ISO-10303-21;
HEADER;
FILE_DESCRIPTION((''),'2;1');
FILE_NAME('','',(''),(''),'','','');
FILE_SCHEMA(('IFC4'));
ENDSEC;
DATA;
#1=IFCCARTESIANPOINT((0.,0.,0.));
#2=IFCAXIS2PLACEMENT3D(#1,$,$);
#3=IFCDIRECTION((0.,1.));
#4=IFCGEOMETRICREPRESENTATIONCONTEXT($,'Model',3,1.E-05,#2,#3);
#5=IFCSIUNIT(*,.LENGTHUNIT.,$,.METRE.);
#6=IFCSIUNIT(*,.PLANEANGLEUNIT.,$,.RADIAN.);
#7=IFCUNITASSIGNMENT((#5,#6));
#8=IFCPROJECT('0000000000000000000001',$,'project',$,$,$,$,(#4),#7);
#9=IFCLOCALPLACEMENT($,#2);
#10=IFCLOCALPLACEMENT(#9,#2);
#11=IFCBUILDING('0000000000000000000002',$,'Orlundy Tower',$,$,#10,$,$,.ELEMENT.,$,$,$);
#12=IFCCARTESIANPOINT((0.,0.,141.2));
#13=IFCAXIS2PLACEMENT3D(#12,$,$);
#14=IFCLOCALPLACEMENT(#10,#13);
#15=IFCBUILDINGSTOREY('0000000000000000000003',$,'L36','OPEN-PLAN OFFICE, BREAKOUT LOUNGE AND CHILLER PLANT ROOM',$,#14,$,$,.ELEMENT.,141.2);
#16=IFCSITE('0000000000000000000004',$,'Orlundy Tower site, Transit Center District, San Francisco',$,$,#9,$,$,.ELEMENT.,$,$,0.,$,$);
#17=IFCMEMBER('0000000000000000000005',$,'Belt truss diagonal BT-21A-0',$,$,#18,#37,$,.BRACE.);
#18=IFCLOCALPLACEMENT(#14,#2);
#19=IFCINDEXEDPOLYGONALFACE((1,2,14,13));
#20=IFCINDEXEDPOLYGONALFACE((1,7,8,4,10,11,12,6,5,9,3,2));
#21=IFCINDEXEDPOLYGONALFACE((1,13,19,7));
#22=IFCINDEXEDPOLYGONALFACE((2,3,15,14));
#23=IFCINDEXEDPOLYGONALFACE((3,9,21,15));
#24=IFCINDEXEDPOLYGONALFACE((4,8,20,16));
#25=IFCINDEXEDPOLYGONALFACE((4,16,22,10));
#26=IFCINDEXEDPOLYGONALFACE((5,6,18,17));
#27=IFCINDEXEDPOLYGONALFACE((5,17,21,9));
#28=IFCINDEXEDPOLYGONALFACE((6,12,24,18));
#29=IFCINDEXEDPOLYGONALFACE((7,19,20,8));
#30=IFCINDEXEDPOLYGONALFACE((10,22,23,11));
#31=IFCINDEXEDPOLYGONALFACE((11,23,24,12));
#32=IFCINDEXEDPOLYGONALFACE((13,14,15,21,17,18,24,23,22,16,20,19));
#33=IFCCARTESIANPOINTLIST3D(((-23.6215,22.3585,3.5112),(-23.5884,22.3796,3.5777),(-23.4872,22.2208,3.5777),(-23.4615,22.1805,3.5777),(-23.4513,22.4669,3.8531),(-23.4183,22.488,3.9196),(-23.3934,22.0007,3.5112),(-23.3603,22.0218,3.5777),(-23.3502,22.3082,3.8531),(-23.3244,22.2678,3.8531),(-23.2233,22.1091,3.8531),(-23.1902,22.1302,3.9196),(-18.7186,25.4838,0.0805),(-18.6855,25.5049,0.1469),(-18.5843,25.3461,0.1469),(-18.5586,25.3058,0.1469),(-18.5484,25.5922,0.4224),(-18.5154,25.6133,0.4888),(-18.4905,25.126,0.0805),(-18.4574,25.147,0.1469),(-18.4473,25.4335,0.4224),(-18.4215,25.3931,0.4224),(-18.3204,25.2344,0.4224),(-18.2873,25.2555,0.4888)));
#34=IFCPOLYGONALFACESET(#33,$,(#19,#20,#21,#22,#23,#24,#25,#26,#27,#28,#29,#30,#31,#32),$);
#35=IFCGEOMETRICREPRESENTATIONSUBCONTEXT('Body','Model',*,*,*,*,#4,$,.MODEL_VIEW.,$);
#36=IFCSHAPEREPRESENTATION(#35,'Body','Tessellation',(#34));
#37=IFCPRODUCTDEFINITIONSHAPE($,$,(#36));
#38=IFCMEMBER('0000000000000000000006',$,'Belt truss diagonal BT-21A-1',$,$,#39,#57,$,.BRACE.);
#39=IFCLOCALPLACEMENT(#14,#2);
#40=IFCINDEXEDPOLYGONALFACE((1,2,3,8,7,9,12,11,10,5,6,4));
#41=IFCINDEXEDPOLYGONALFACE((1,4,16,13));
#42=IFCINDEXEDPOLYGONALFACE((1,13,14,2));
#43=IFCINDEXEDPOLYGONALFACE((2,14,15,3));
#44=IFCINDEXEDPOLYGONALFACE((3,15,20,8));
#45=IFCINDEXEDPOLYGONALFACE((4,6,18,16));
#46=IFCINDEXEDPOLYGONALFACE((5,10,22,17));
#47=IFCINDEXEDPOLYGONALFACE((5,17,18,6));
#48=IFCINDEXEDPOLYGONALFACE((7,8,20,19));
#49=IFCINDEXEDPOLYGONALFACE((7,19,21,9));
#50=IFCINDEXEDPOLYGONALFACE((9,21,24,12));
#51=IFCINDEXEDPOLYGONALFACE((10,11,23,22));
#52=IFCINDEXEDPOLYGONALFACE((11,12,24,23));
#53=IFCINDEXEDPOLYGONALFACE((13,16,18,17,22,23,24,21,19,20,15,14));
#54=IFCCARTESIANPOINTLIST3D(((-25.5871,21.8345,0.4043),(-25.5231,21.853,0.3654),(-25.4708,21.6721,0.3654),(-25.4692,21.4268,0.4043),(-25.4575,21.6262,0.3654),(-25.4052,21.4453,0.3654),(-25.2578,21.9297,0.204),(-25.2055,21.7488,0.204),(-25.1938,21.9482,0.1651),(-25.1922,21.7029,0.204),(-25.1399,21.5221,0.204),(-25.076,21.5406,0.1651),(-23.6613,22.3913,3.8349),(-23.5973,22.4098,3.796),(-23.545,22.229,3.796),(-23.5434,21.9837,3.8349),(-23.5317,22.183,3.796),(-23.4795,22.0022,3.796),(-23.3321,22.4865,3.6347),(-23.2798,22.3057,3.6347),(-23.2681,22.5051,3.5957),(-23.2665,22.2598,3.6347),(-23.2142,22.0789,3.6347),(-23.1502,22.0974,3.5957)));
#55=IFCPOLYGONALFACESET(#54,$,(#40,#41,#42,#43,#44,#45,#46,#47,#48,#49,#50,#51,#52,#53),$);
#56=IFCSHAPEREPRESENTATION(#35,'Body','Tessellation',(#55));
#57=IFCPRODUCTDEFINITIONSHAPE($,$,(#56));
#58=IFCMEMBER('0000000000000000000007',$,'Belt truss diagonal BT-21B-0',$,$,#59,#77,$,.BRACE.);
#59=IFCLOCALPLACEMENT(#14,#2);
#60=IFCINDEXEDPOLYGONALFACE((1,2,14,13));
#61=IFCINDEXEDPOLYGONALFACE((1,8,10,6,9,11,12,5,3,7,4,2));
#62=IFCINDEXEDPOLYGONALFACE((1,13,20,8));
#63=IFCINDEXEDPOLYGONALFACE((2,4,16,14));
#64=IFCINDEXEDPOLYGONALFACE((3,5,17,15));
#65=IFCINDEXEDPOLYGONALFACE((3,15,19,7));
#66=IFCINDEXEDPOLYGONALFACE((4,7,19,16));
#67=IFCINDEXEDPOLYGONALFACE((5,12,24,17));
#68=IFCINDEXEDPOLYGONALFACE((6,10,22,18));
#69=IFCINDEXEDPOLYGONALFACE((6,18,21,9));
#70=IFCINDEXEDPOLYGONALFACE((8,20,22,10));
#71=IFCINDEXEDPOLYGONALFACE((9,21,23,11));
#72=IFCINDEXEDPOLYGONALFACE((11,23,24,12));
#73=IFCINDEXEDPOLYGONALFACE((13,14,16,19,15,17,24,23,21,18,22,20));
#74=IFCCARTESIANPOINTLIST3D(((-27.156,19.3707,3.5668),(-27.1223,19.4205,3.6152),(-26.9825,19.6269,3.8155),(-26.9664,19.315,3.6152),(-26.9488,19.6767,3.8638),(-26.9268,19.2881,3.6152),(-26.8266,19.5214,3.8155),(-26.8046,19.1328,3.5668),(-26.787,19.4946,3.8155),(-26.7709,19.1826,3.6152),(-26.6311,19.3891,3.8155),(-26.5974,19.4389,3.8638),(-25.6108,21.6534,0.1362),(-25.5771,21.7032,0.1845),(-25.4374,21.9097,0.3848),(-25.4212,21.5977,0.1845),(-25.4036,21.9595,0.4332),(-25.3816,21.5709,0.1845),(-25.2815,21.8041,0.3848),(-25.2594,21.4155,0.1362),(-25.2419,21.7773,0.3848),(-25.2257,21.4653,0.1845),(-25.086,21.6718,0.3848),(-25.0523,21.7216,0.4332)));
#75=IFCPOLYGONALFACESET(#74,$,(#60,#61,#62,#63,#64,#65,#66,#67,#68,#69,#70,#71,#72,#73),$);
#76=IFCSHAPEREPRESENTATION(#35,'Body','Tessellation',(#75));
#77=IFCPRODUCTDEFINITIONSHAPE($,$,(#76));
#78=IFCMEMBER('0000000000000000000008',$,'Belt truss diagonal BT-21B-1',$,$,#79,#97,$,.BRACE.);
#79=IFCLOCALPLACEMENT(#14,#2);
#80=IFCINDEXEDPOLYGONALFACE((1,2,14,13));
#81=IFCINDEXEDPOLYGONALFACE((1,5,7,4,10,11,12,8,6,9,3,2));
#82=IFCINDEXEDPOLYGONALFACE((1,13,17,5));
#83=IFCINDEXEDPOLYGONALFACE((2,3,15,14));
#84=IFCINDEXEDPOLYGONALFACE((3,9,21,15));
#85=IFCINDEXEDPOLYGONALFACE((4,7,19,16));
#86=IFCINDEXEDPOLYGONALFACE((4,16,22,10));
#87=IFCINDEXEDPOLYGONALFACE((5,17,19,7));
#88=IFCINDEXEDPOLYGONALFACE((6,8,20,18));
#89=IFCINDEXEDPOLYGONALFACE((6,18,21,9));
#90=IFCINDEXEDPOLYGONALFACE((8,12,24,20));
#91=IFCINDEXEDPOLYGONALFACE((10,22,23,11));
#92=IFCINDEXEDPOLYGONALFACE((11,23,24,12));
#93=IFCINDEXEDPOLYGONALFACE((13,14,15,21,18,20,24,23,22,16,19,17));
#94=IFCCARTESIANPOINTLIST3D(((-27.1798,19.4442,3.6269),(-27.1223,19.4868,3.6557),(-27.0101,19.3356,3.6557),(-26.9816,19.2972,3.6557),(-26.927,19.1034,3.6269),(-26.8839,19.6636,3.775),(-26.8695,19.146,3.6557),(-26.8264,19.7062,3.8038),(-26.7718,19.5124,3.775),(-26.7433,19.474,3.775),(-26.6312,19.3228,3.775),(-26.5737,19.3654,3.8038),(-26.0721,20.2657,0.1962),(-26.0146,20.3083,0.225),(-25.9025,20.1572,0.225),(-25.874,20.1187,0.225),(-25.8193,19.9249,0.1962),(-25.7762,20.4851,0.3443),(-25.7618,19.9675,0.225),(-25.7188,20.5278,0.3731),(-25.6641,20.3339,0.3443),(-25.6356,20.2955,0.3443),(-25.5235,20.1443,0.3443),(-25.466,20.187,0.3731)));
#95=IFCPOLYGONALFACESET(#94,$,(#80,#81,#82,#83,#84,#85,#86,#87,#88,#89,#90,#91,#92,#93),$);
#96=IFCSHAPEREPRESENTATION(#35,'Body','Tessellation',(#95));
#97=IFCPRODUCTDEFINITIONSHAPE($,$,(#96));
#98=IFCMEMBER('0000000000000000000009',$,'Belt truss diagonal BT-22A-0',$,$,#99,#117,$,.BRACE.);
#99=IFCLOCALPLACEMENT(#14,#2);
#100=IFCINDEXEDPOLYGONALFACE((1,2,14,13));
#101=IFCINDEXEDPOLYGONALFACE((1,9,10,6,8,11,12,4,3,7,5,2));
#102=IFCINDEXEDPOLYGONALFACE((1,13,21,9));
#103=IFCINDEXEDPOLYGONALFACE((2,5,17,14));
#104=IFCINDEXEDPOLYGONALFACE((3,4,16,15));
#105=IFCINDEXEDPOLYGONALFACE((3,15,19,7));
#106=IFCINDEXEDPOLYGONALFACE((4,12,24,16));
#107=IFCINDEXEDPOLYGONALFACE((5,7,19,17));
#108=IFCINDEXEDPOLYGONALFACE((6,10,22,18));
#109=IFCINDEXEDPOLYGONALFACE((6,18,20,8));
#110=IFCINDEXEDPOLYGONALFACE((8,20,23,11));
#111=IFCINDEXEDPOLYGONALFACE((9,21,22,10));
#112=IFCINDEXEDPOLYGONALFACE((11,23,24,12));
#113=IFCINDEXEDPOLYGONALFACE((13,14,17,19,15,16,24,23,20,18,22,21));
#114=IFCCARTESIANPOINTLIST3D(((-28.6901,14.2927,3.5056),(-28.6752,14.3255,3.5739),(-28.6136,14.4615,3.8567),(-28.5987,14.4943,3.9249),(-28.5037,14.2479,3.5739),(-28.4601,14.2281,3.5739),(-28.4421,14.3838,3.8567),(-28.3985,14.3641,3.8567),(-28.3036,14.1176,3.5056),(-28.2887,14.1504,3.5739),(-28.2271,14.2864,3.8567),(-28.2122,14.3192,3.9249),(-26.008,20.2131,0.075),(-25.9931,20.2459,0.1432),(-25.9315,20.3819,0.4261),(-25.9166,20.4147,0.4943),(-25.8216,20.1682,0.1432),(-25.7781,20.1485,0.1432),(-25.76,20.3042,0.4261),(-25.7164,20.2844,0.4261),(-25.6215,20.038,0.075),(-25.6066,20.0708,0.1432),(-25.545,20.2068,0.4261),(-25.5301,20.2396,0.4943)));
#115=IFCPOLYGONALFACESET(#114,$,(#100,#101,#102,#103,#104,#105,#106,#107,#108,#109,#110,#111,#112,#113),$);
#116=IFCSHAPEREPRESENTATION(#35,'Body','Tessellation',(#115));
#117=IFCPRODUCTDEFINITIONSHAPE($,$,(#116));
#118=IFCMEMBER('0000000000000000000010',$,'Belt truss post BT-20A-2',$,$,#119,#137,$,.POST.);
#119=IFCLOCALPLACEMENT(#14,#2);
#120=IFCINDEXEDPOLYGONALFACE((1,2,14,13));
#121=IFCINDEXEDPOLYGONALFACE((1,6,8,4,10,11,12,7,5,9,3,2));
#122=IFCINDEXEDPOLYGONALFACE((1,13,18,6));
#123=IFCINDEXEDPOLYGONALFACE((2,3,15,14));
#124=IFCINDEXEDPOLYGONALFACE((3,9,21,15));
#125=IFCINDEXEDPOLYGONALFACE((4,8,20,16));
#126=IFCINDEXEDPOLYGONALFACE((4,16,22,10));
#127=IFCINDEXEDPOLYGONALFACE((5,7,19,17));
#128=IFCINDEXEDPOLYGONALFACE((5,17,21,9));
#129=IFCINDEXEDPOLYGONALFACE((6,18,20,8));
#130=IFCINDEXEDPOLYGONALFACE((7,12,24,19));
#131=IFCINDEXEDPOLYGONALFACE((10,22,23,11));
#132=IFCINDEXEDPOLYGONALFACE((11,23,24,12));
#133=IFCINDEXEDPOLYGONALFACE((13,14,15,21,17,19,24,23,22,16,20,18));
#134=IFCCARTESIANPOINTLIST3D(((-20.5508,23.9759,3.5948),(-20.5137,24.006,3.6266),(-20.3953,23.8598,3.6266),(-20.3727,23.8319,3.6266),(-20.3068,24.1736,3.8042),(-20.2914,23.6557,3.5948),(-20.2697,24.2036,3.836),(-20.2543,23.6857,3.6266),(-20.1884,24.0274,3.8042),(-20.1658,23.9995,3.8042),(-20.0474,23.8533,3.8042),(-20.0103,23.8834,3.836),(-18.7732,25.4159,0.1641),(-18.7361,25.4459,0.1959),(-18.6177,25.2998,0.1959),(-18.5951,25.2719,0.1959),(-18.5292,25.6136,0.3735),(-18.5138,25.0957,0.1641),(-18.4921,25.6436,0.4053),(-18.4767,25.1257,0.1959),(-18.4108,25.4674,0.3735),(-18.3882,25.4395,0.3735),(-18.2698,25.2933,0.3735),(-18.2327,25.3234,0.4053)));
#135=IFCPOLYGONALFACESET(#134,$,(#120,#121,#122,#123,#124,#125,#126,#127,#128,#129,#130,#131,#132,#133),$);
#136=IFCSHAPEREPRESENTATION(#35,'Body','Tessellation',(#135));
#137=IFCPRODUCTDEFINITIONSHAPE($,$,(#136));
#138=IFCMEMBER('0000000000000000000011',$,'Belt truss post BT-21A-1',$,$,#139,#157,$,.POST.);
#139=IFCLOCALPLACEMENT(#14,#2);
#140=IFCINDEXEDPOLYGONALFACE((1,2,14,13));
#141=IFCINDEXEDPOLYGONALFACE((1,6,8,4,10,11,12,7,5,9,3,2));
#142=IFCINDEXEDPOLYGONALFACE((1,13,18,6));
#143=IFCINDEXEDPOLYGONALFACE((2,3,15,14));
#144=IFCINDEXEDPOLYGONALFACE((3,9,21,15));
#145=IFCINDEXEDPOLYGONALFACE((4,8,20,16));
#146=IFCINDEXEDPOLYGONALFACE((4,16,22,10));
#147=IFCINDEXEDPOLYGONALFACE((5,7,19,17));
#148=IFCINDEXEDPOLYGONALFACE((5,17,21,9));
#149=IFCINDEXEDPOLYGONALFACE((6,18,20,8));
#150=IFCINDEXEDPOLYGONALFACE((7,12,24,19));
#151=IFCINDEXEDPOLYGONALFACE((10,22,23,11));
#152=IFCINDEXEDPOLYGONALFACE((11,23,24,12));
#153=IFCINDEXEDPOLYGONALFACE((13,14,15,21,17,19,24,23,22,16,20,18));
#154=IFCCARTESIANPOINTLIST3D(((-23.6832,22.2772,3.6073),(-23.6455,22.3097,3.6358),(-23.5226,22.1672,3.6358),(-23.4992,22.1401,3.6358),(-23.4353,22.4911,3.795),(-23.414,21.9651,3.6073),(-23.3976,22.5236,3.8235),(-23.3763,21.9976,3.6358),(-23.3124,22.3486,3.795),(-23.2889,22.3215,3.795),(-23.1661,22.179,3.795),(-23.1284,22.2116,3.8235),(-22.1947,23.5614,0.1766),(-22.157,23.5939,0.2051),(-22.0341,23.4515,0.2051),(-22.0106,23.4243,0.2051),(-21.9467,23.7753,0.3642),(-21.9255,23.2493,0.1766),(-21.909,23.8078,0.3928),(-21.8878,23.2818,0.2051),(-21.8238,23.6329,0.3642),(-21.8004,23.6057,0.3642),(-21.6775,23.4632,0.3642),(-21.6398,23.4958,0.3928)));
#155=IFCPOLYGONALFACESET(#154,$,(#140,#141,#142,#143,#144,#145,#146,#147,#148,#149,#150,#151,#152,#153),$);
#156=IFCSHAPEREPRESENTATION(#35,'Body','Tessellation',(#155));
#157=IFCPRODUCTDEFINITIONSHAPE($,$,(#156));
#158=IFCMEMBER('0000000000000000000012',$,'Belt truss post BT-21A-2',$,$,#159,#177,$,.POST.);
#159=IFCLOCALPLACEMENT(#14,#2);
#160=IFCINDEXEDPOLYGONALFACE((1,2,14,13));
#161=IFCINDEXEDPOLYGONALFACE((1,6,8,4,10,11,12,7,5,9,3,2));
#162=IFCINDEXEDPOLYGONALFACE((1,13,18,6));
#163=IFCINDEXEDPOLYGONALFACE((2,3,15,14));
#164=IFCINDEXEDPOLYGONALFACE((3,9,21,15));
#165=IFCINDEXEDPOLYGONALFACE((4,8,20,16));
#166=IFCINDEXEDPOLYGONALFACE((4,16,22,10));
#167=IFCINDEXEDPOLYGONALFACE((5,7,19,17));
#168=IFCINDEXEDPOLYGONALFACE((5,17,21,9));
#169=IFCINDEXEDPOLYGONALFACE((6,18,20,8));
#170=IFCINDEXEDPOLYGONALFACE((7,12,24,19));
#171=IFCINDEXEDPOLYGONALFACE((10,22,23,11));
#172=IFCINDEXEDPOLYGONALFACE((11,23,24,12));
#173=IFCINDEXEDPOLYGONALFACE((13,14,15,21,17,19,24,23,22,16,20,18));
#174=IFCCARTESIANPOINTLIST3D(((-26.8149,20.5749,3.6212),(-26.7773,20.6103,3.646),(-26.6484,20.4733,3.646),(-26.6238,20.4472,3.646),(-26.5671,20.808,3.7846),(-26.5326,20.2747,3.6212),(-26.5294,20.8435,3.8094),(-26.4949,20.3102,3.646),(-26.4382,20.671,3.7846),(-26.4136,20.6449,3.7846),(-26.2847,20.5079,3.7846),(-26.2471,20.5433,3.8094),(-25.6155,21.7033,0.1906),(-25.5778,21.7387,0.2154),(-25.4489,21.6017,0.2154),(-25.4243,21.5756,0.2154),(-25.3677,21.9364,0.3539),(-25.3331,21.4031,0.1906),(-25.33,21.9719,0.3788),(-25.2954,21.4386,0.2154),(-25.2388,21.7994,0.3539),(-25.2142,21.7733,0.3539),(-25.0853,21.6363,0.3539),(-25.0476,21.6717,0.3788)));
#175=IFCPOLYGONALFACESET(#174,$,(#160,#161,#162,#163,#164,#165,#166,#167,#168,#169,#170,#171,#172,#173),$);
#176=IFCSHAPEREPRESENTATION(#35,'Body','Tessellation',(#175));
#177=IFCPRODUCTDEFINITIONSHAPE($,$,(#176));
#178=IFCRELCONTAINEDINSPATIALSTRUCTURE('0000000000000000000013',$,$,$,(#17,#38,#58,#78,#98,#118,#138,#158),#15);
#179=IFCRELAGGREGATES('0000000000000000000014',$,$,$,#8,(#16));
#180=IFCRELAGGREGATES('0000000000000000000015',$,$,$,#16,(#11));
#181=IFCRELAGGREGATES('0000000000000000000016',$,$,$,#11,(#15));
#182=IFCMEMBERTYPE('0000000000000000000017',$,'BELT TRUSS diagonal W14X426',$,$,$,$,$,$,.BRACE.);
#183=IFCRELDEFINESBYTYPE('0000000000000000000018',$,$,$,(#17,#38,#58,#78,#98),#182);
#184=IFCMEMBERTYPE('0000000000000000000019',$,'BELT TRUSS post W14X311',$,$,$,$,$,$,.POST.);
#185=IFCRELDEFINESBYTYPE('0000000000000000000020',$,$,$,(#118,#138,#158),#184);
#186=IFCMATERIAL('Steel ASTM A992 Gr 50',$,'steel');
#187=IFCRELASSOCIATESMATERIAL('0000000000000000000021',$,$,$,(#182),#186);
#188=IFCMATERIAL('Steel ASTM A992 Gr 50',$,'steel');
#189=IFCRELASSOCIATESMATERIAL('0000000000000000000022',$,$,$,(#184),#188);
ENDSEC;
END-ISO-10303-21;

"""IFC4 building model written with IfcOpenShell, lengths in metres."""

from ifc_helpers import new_model, si_unit, direction, frame, origin, origin_2d, place, context, subcontext, project, spatial, i_section, extrude, material, material_profile, profile_set, type_object, element, save


model = new_model("IFC4")

# Units and contexts
model_context = context("Model", 3, precision=1e-05, world=origin(), true_north=direction((0.0, 1.0)))
body_context = subcontext(model_context, "Body", "Model", "MODEL_VIEW")
ifc_project = project(units=[si_unit("LENGTHUNIT", "METRE"), si_unit("PLANEANGLEUNIT", "RADIAN")], contexts=[model_context])

# Site, building, storey
site_placement = place(None, origin())
site = spatial("IfcSite", under=ifc_project, at=site_placement, Name="Orlundy Tower site, Transit Center District, San Francisco", CompositionType="ELEMENT", RefElevation=0.0)
building_placement = place(site_placement, origin())
building = spatial("IfcBuilding", under=site, at=building_placement, Name="Orlundy Tower", CompositionType="ELEMENT")
storey_placement = place(building_placement, frame((0.0, 0.0, 141.2)))
storey = spatial("IfcBuildingStorey", under=building, at=storey_placement, Name="L36", Description="OPEN-PLAN OFFICE, BREAKOUT LOUNGE AND CHILLER PLANT ROOM", CompositionType="ELEMENT", Elevation=141.2)

# Members
ifc_material_1 = material(Name="Steel ASTM A992 Gr 50", Category="steel")
ifc_material_profile_1 = material_profile(ifc_material_1, i_section(OverallWidth=0.4243, OverallDepth=0.4741, WebThickness=0.0479, FlangeThickness=0.0771, at=origin_2d()), Name="W14X426")
ifc_profile_set_1 = profile_set([ifc_material_profile_1], Name="Steel ASTM A992 Gr 50")
member_type_1 = type_object("IfcMemberType", Name="BELT TRUSS diagonal W14X426", PredefinedType="BRACE", material=ifc_profile_set_1)
member_1_placement = place(storey_placement, frame((-18.5029, 25.3696, 0.2847), z_axis=(-0.726251, -0.462939, 0.50818), x_axis=(0.537519, -0.843251, 0.0)))
element("IfcMember", 1, at=member_1_placement, inside=storey, type_object=member_type_1, Name="Belt truss diagonal BT-21A-0", PredefinedType="BRACE", context=body_context, shape_type="SweptSolid", body=[
    extrude(i_section(OverallWidth=0.4243, OverallDepth=0.4741, WebThickness=0.0479, FlangeThickness=0.0771, at=origin_2d()), origin(), (0.0, 0.0, 1.0), 6.751),
])
member_2_placement = place(storey_placement, frame((-23.4058, 22.2444, 3.7153), z_axis=(-0.484664, -0.140152, -0.863399), x_axis=(0.277792, -0.960641, 0.0)))
element("IfcMember", 2, at=member_2_placement, inside=storey, type_object=member_type_1, Name="Belt truss diagonal BT-21A-1", PredefinedType="BRACE", context=body_context, shape_type="SweptSolid", body=[
    extrude(i_section(OverallWidth=0.4243, OverallDepth=0.4741, WebThickness=0.0479, FlangeThickness=0.0771, at=origin_2d()), origin(), (0.0, 0.0, 1.0), 3.9734),
])
member_3_placement = place(storey_placement, frame((-25.3315, 21.6875, 0.2847), z_axis=(-0.351104, -0.518695, 0.77954), x_axis=(0.828119, -0.560552, 0.0)))
element("IfcMember", 3, at=member_3_placement, inside=storey, type_object=member_type_1, Name="Belt truss diagonal BT-21B-0", PredefinedType="BRACE", context=body_context, shape_type="SweptSolid", body=[
    extrude(i_section(OverallWidth=0.4243, OverallDepth=0.4741, WebThickness=0.0479, FlangeThickness=0.0771, at=origin_2d()), origin(), (0.0, 0.0, 1.0), 4.4009),
])
member_4_placement = place(storey_placement, frame((-26.8767, 19.4048, 3.7153), z_axis=(0.299574, 0.222188, -0.927841), x_axis=(-0.595714, 0.803196, 0.0)))
element("IfcMember", 4, at=member_4_placement, inside=storey, type_object=member_type_1, Name="Belt truss diagonal BT-21B-1", PredefinedType="BRACE", context=body_context, shape_type="SweptSolid", body=[
    extrude(i_section(OverallWidth=0.4243, OverallDepth=0.4741, WebThickness=0.0479, FlangeThickness=0.0771, at=origin_2d()), origin(), (0.0, 0.0, 1.0), 3.6975),
])
member_5_placement = place(storey_placement, frame((-25.769, 20.2263, 0.2847), z_axis=(-0.364942, -0.805557, 0.466791), x_axis=(0.910885, -0.412659, 0.0)))
element("IfcMember", 5, at=member_5_placement, inside=storey, type_object=member_type_1, Name="Belt truss diagonal BT-22A-0", PredefinedType="BRACE", context=body_context, shape_type="SweptSolid", body=[
    extrude(i_section(OverallWidth=0.4243, OverallDepth=0.4741, WebThickness=0.0479, FlangeThickness=0.0771, at=origin_2d()), origin(), (0.0, 0.0, 1.0), 7.3494),
])
ifc_material_2 = material(Name="Steel ASTM A992 Gr 50", Category="steel")
ifc_material_profile_2 = material_profile(ifc_material_2, i_section(OverallWidth=0.4121, OverallDepth=0.4348, WebThickness=0.0359, FlangeThickness=0.0574, at=origin_2d()), Name="W14X311")
ifc_profile_set_2 = profile_set([ifc_material_profile_2], Name="Steel ASTM A992 Gr 50")
member_type_2 = type_object("IfcMemberType", Name="BELT TRUSS post W14X311", PredefinedType="POST", material=ifc_profile_set_2)
member_6_placement = place(storey_placement, frame((-18.5029, 25.3696, 0.2847), z_axis=(-0.431094, -0.349209, 0.831992), x_axis=(0.629447, -0.777044, 0.0)))
element("IfcMember", 6, at=member_6_placement, inside=storey, type_object=member_type_2, Name="Belt truss post BT-20A-2", PredefinedType="POST", context=body_context, shape_type="SweptSolid", body=[
    extrude(i_section(OverallWidth=0.4121, OverallDepth=0.4348, WebThickness=0.0359, FlangeThickness=0.0574, at=origin_2d()), origin(), (0.0, 0.0, 1.0), 4.1235),
])
member_7_placement = place(storey_placement, frame((-21.9172, 23.5286, 0.2847), z_axis=(-0.376459, -0.324778, 0.867639), x_axis=(0.653222, -0.757166, 0.0)))
element("IfcMember", 7, at=member_7_placement, inside=storey, type_object=member_type_2, Name="Belt truss post BT-21A-1", PredefinedType="POST", context=body_context, shape_type="SweptSolid", body=[
    extrude(i_section(OverallWidth=0.4121, OverallDepth=0.4348, WebThickness=0.0359, FlangeThickness=0.0574, at=origin_2d()), origin(), (0.0, 0.0, 1.0), 3.9541),
])
member_8_placement = place(storey_placement, frame((-25.3315, 21.6875, 0.2847), z_axis=(-0.315196, -0.296526, 0.901512), x_axis=(0.685207, -0.728348, 0.0)))
element("IfcMember", 8, at=member_8_placement, inside=storey, type_object=member_type_2, Name="Belt truss post BT-21A-2", PredefinedType="POST", context=body_context, shape_type="SweptSolid", body=[
    extrude(i_section(OverallWidth=0.4121, OverallDepth=0.4348, WebThickness=0.0359, FlangeThickness=0.0574, at=origin_2d()), origin(), (0.0, 0.0, 1.0), 3.8054),
])

save(model, "model.ifc")
